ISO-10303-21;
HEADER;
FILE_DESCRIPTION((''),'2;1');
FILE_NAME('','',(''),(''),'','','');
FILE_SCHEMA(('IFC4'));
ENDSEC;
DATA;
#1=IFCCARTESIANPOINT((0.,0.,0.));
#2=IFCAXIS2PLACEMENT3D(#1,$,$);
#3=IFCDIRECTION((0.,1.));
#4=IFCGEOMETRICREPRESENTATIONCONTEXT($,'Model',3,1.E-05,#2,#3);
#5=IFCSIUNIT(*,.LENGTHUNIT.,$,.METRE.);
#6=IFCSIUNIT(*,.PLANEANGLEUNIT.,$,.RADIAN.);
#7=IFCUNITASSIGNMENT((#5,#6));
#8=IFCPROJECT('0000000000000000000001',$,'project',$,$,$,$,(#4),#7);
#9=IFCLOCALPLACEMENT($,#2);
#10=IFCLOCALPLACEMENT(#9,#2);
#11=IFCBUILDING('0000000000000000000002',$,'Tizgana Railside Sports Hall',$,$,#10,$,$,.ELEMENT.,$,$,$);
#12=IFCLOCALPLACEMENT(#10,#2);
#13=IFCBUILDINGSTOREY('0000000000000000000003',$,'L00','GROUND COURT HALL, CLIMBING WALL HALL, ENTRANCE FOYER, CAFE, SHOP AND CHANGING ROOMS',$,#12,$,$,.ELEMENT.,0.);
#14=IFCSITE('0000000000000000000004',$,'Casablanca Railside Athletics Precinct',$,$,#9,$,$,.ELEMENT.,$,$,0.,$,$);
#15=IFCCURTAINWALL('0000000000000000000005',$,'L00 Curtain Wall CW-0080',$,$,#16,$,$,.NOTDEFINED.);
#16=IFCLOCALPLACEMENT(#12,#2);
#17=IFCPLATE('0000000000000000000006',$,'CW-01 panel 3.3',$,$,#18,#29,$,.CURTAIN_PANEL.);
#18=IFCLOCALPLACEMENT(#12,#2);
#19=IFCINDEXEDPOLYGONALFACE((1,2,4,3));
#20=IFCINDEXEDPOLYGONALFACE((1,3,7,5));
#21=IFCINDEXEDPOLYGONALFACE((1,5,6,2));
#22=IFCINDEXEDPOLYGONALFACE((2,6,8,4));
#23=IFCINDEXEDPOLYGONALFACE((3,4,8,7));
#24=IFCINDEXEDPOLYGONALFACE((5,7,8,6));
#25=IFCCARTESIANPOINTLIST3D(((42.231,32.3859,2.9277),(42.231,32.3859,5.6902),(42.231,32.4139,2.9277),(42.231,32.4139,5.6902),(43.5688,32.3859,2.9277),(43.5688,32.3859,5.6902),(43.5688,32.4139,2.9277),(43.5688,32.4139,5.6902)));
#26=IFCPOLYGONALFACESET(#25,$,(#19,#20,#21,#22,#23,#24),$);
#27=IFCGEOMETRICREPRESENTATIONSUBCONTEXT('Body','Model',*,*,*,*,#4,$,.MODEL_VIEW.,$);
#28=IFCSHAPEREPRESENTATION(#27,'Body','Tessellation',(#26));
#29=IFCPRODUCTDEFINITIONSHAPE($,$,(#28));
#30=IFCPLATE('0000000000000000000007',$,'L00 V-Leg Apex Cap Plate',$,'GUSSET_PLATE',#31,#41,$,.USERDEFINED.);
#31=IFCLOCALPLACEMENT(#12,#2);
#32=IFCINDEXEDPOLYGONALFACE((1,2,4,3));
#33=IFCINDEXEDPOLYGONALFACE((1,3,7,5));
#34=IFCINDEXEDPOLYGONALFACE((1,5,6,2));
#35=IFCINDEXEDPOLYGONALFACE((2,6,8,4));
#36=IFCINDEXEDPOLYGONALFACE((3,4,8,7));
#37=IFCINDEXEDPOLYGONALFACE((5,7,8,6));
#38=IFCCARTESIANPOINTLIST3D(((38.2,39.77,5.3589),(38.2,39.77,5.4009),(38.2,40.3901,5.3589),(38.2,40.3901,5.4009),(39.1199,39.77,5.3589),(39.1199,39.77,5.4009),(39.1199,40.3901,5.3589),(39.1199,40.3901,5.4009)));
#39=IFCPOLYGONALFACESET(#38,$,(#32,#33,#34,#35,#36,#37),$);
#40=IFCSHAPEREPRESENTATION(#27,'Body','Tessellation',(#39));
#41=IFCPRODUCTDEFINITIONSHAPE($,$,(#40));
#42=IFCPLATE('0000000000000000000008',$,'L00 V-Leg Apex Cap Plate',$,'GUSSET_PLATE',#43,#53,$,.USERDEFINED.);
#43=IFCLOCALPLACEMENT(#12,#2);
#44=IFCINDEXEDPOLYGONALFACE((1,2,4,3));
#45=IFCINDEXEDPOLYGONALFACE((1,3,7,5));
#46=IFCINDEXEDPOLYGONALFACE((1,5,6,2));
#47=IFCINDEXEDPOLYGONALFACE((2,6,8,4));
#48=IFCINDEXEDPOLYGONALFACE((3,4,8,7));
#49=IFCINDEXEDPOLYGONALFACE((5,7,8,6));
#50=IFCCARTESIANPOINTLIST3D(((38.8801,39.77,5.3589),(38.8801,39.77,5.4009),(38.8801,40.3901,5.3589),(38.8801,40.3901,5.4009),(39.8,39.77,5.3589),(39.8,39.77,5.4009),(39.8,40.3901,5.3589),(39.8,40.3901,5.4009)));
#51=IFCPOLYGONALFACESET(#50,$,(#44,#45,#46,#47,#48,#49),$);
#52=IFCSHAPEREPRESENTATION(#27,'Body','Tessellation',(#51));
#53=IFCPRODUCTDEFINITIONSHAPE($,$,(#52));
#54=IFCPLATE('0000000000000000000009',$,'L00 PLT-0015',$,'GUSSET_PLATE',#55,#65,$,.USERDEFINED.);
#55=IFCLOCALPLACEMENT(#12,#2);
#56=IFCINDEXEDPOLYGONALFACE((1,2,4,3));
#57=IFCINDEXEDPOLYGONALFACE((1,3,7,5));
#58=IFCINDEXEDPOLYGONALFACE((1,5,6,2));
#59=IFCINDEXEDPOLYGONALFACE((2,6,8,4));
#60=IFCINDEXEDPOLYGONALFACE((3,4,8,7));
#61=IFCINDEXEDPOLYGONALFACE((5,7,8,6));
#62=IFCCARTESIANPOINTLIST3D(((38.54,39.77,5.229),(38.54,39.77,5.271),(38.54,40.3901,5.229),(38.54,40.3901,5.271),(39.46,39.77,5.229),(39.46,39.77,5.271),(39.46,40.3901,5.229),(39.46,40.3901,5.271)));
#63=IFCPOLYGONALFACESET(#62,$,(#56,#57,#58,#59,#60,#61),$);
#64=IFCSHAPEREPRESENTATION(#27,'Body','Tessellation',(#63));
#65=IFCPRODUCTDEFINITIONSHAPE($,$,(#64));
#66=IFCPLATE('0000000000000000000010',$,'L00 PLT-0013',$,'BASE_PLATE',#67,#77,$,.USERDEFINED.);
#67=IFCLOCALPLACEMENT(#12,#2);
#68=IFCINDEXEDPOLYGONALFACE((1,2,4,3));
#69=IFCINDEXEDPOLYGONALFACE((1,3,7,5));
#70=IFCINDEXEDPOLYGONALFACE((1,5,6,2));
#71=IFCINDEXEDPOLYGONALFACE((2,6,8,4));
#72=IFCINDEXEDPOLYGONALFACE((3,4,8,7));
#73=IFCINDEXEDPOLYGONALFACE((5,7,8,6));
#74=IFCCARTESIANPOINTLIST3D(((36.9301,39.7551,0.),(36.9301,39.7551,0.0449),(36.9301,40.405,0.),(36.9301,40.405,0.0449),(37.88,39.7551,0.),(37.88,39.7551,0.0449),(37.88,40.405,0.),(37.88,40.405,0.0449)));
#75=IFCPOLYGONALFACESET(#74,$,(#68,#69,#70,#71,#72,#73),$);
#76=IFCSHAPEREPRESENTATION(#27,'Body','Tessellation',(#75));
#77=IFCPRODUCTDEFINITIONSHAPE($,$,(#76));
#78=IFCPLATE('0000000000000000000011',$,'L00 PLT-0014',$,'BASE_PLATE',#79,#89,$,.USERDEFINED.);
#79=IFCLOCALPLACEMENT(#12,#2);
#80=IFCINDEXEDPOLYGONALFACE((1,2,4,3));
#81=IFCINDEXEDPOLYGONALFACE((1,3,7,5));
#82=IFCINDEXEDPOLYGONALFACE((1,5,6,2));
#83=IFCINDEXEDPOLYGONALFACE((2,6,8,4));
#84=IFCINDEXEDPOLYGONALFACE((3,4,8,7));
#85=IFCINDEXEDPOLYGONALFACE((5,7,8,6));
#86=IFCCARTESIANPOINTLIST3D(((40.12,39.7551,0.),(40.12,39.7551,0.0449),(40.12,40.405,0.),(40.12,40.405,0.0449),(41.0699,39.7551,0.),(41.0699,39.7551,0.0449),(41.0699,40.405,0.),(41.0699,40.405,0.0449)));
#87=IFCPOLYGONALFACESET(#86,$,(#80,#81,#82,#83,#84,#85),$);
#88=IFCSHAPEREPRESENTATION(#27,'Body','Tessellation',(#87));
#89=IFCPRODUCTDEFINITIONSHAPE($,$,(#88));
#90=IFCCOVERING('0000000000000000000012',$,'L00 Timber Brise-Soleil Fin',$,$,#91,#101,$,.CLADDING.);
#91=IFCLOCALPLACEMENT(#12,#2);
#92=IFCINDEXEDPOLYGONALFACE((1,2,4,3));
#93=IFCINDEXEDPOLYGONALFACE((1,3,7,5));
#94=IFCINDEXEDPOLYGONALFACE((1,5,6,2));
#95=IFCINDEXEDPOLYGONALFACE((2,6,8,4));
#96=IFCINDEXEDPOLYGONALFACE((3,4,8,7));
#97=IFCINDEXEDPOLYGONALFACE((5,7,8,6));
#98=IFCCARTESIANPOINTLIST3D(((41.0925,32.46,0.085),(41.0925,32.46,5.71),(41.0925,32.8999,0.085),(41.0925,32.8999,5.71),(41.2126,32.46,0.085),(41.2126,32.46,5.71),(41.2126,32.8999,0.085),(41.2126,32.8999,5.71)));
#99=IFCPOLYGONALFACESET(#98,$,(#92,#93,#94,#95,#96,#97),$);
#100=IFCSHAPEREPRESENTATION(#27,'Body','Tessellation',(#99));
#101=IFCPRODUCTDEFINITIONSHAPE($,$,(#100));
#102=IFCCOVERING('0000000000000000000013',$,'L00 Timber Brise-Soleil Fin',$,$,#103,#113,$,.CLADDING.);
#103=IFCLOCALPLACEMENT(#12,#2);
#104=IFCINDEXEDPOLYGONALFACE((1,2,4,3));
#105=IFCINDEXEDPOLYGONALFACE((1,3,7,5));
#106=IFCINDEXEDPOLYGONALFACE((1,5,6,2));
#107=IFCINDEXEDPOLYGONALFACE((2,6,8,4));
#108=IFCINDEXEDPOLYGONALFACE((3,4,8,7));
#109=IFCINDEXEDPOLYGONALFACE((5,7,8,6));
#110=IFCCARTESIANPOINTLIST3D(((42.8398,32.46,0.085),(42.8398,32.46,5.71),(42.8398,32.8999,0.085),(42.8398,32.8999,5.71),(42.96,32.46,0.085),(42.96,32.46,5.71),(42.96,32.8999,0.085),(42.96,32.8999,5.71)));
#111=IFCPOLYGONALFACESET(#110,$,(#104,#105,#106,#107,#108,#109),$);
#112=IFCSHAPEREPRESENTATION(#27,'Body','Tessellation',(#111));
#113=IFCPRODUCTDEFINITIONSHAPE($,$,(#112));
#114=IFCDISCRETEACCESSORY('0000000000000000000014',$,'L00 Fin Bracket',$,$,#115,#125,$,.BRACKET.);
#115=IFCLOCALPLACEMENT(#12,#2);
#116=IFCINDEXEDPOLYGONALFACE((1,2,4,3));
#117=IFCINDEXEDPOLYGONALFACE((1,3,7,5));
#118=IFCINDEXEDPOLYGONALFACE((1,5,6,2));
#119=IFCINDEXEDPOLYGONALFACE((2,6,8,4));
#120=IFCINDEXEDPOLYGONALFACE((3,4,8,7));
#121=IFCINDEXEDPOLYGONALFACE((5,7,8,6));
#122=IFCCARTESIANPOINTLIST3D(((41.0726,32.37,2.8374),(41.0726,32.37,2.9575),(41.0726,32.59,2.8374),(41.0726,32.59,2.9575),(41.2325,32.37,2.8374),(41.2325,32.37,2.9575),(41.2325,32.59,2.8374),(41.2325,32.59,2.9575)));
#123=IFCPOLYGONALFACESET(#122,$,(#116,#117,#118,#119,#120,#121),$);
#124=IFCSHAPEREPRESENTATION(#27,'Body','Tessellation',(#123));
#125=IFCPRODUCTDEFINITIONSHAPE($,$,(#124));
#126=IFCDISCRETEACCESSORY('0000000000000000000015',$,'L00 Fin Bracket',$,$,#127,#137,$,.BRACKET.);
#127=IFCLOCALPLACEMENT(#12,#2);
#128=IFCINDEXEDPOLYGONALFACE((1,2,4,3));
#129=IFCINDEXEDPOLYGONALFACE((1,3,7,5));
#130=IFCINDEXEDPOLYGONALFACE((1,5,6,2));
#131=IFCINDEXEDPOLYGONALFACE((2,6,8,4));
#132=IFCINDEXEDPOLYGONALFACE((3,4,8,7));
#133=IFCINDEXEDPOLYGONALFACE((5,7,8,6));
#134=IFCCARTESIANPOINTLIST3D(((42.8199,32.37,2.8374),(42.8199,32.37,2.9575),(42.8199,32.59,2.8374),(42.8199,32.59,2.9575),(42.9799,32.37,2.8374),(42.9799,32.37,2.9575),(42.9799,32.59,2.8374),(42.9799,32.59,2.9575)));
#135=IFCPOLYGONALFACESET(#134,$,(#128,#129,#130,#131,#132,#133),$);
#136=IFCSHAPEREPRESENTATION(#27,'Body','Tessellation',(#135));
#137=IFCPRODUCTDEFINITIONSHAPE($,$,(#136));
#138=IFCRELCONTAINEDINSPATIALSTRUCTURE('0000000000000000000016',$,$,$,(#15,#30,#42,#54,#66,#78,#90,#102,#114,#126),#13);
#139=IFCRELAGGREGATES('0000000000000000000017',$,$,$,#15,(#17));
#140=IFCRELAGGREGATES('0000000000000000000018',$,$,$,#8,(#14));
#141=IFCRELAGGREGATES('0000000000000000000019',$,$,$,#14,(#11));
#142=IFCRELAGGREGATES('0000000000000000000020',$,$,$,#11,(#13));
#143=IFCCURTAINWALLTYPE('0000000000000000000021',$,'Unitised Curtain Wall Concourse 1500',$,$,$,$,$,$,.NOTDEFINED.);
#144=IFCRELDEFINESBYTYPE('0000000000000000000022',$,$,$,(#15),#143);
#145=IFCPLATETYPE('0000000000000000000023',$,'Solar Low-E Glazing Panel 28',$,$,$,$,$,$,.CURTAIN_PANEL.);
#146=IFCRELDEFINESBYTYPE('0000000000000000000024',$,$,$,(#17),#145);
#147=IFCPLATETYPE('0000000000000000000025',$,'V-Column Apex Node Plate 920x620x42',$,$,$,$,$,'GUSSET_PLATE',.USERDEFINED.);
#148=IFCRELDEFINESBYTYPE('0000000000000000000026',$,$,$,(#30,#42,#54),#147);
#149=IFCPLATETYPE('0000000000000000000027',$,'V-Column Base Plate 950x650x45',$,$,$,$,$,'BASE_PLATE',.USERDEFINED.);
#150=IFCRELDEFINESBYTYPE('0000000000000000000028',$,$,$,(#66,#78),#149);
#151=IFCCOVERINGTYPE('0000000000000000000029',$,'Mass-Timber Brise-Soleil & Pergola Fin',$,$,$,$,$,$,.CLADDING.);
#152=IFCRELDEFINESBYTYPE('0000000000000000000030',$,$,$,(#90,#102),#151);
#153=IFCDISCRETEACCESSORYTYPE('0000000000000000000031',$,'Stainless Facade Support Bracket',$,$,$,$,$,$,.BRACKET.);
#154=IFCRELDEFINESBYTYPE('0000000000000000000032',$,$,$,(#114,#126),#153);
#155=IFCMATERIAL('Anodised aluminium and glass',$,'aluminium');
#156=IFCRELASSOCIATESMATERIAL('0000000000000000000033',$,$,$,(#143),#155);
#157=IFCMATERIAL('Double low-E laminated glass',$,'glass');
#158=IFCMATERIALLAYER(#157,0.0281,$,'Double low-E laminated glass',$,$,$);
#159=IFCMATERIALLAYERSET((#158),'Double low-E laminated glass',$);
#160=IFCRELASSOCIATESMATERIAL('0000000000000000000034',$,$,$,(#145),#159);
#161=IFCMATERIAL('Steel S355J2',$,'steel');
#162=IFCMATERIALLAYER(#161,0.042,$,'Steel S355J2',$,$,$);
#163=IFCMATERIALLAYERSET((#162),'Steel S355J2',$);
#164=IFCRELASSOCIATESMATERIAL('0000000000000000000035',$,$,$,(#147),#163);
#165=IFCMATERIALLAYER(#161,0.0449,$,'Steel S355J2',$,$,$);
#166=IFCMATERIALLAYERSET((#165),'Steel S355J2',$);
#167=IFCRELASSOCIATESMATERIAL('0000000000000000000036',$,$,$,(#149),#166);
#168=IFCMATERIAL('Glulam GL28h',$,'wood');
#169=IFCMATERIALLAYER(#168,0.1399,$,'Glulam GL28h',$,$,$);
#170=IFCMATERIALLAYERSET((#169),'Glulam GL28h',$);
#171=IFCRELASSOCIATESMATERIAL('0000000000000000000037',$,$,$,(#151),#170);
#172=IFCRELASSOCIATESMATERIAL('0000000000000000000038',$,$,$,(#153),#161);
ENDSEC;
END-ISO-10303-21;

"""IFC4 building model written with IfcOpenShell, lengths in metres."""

from ifc_helpers import new_model, si_unit, direction, frame, origin, origin_2d, place, context, subcontext, project, spatial, rectangle, extrude, material, layer, layer_set, type_object, element, aggregate, save


model = new_model("IFC4")

# Units and contexts
model_context = context("Model", 3, precision=1e-05, world=origin(), true_north=direction((0.0, 1.0)))
body_context = subcontext(model_context, "Body", "Model", "MODEL_VIEW")
ifc_project = project(units=[si_unit("LENGTHUNIT", "METRE"), si_unit("PLANEANGLEUNIT", "RADIAN")], contexts=[model_context])

# Site, building, storey
site_placement = place(None, origin())
site = spatial("IfcSite", under=ifc_project, at=site_placement, Name="Casablanca Railside Athletics Precinct", CompositionType="ELEMENT", RefElevation=0.0)
building_placement = place(site_placement, origin())
building = spatial("IfcBuilding", under=site, at=building_placement, Name="Tizgana Railside Sports Hall", CompositionType="ELEMENT")
storey_placement = place(building_placement, origin())
storey = spatial("IfcBuildingStorey", under=building, at=storey_placement, Name="L00", Description="GROUND COURT HALL, CLIMBING WALL HALL, ENTRANCE FOYER, CAFE, SHOP AND CHANGING ROOMS", CompositionType="ELEMENT", Elevation=0.0)

# Shared definitions
ifc_material_1 = material(Name="Steel S355J2", Category="steel")

# Curtain wall
ifc_material_2 = material(Name="Anodised aluminium and glass", Category="aluminium")
curtain_wall_type = type_object("IfcCurtainWallType", Name="Unitised Curtain Wall Concourse 1500", PredefinedType="NOTDEFINED", material=ifc_material_2)
curtain_wall_placement = place(storey_placement, origin())
curtain_wall = element("IfcCurtainWall", 1, at=curtain_wall_placement, inside=storey, type_object=curtain_wall_type, Name="L00 Curtain Wall CW-0080", PredefinedType="NOTDEFINED")

# Plate
ifc_material_3 = material(Name="Double low-E laminated glass", Category="glass")
ifc_layer_1 = layer(ifc_material_3, 0.0281, Name="Double low-E laminated glass")
ifc_layer_set_1 = layer_set([ifc_layer_1], Name="Double low-E laminated glass")
plate_type_1 = type_object("IfcPlateType", Name="Solar Low-E Glazing Panel 28", PredefinedType="CURTAIN_PANEL", material=ifc_layer_set_1)
plate_1_placement = place(storey_placement, frame((42.8999, 32.3999, 2.9277), z_axis=(0.0, 0.0, 1.0), x_axis=(1.0, 0.0, 0.0)))
plate_1 = element("IfcPlate", 2, at=plate_1_placement, type_object=plate_type_1, Name="CW-01 panel 3.3", PredefinedType="CURTAIN_PANEL", context=body_context, shape_type="SweptSolid", body=[
    extrude(rectangle(XDim=1.3379, YDim=0.0281, at=origin_2d()), origin(), (0.0, 0.0, 1.0), 2.7625),
])
aggregate(curtain_wall, [plate_1])

# Plates
ifc_layer_2 = layer(ifc_material_1, 0.042, Name="Steel S355J2")
ifc_layer_set_2 = layer_set([ifc_layer_2], Name="Steel S355J2")
plate_type_2 = type_object("IfcPlateType", Name="V-Column Apex Node Plate 920x620x42", ElementType="GUSSET_PLATE", PredefinedType="USERDEFINED", material=ifc_layer_set_2)
for number, where, z_axis, x_axis, name in (
    (3, (38.6599, 40.0801, 5.3589), (0.0, 0.0, 1.0), (1.0, 0.0, 0.0), "L00 V-Leg Apex Cap Plate"),
    (4, (39.3401, 40.0801, 5.3589), (0.0, 0.0, 1.0), (1.0, 0.0, 0.0), "L00 V-Leg Apex Cap Plate"),
    (5, (39.0, 40.0801, 5.229), (0.0, 0.0, 1.0), (1.0, 0.0, 0.0), "L00 PLT-0015"),
):
    element("IfcPlate", number, at=place(storey_placement, frame(where, z_axis=z_axis, x_axis=x_axis)), inside=storey, type_object=plate_type_2, Name=name, ObjectType="GUSSET_PLATE", PredefinedType="USERDEFINED", context=body_context, shape_type="SweptSolid", body=[
        extrude(rectangle(XDim=0.9199, YDim=0.6201, at=origin_2d()), origin(), (0.0, 0.0, 1.0), 0.042),
    ])
ifc_layer_3 = layer(ifc_material_1, 0.0449, Name="Steel S355J2")
ifc_layer_set_3 = layer_set([ifc_layer_3], Name="Steel S355J2")
plate_type_3 = type_object("IfcPlateType", Name="V-Column Base Plate 950x650x45", ElementType="BASE_PLATE", PredefinedType="USERDEFINED", material=ifc_layer_set_3)
for number, where, z_axis, x_axis, name in (
    (6, (37.405, 40.0801, 0.0), (0.0, 0.0, 1.0), (1.0, 0.0, 0.0), "L00 PLT-0013"),
    (7, (40.595, 40.0801, 0.0), (0.0, 0.0, 1.0), (1.0, 0.0, 0.0), "L00 PLT-0014"),
):
    element("IfcPlate", number, at=place(storey_placement, frame(where, z_axis=z_axis, x_axis=x_axis)), inside=storey, type_object=plate_type_3, Name=name, ObjectType="BASE_PLATE", PredefinedType="USERDEFINED", context=body_context, shape_type="SweptSolid", body=[
        extrude(rectangle(XDim=0.95, YDim=0.6499, at=origin_2d()), origin(), (0.0, 0.0, 1.0), 0.0449),
    ])

# Coverings
ifc_material_4 = material(Name="Glulam GL28h", Category="wood")
ifc_layer_4 = layer(ifc_material_4, 0.1399, Name="Glulam GL28h")
ifc_layer_set_4 = layer_set([ifc_layer_4], Name="Glulam GL28h")
covering_type = type_object("IfcCoveringType", Name="Mass-Timber Brise-Soleil & Pergola Fin", PredefinedType="CLADDING", material=ifc_layer_set_4)
for number, where, z_axis, x_axis, name in (
    (8, (41.1526, 32.6799, 0.085), (0.0, 0.0, 1.0), (1.0, 0.0, 0.0), "L00 Timber Brise-Soleil Fin"),
    (9, (42.8999, 32.6799, 0.085), (0.0, 0.0, 1.0), (1.0, 0.0, 0.0), "L00 Timber Brise-Soleil Fin"),
):
    element("IfcCovering", number, at=place(storey_placement, frame(where, z_axis=z_axis, x_axis=x_axis)), inside=storey, type_object=covering_type, Name=name, PredefinedType="CLADDING", context=body_context, shape_type="SweptSolid", body=[
        extrude(rectangle(XDim=0.1201, YDim=0.4399, at=origin_2d()), origin(), (0.0, 0.0, 1.0), 5.625),
    ])

# Discrete accessories
discrete_accessory_type = type_object("IfcDiscreteAccessoryType", Name="Stainless Facade Support Bracket", PredefinedType="BRACKET", material=ifc_material_1)
for number, where, z_axis, x_axis, name in (
    (10, (41.1526, 32.48, 2.8374), (0.0, 0.0, 1.0), (1.0, 0.0, 0.0), "L00 Fin Bracket"),
    (11, (42.8999, 32.48, 2.8374), (0.0, 0.0, 1.0), (1.0, 0.0, 0.0), "L00 Fin Bracket"),
):
    element("IfcDiscreteAccessory", number, at=place(storey_placement, frame(where, z_axis=z_axis, x_axis=x_axis)), inside=storey, type_object=discrete_accessory_type, Name=name, PredefinedType="BRACKET", context=body_context, shape_type="SweptSolid", body=[
        extrude(rectangle(XDim=0.1599, YDim=0.22, at=origin_2d()), origin(), (0.0, 0.0, 1.0), 0.1201),
    ])

save(model, "model.ifc")
